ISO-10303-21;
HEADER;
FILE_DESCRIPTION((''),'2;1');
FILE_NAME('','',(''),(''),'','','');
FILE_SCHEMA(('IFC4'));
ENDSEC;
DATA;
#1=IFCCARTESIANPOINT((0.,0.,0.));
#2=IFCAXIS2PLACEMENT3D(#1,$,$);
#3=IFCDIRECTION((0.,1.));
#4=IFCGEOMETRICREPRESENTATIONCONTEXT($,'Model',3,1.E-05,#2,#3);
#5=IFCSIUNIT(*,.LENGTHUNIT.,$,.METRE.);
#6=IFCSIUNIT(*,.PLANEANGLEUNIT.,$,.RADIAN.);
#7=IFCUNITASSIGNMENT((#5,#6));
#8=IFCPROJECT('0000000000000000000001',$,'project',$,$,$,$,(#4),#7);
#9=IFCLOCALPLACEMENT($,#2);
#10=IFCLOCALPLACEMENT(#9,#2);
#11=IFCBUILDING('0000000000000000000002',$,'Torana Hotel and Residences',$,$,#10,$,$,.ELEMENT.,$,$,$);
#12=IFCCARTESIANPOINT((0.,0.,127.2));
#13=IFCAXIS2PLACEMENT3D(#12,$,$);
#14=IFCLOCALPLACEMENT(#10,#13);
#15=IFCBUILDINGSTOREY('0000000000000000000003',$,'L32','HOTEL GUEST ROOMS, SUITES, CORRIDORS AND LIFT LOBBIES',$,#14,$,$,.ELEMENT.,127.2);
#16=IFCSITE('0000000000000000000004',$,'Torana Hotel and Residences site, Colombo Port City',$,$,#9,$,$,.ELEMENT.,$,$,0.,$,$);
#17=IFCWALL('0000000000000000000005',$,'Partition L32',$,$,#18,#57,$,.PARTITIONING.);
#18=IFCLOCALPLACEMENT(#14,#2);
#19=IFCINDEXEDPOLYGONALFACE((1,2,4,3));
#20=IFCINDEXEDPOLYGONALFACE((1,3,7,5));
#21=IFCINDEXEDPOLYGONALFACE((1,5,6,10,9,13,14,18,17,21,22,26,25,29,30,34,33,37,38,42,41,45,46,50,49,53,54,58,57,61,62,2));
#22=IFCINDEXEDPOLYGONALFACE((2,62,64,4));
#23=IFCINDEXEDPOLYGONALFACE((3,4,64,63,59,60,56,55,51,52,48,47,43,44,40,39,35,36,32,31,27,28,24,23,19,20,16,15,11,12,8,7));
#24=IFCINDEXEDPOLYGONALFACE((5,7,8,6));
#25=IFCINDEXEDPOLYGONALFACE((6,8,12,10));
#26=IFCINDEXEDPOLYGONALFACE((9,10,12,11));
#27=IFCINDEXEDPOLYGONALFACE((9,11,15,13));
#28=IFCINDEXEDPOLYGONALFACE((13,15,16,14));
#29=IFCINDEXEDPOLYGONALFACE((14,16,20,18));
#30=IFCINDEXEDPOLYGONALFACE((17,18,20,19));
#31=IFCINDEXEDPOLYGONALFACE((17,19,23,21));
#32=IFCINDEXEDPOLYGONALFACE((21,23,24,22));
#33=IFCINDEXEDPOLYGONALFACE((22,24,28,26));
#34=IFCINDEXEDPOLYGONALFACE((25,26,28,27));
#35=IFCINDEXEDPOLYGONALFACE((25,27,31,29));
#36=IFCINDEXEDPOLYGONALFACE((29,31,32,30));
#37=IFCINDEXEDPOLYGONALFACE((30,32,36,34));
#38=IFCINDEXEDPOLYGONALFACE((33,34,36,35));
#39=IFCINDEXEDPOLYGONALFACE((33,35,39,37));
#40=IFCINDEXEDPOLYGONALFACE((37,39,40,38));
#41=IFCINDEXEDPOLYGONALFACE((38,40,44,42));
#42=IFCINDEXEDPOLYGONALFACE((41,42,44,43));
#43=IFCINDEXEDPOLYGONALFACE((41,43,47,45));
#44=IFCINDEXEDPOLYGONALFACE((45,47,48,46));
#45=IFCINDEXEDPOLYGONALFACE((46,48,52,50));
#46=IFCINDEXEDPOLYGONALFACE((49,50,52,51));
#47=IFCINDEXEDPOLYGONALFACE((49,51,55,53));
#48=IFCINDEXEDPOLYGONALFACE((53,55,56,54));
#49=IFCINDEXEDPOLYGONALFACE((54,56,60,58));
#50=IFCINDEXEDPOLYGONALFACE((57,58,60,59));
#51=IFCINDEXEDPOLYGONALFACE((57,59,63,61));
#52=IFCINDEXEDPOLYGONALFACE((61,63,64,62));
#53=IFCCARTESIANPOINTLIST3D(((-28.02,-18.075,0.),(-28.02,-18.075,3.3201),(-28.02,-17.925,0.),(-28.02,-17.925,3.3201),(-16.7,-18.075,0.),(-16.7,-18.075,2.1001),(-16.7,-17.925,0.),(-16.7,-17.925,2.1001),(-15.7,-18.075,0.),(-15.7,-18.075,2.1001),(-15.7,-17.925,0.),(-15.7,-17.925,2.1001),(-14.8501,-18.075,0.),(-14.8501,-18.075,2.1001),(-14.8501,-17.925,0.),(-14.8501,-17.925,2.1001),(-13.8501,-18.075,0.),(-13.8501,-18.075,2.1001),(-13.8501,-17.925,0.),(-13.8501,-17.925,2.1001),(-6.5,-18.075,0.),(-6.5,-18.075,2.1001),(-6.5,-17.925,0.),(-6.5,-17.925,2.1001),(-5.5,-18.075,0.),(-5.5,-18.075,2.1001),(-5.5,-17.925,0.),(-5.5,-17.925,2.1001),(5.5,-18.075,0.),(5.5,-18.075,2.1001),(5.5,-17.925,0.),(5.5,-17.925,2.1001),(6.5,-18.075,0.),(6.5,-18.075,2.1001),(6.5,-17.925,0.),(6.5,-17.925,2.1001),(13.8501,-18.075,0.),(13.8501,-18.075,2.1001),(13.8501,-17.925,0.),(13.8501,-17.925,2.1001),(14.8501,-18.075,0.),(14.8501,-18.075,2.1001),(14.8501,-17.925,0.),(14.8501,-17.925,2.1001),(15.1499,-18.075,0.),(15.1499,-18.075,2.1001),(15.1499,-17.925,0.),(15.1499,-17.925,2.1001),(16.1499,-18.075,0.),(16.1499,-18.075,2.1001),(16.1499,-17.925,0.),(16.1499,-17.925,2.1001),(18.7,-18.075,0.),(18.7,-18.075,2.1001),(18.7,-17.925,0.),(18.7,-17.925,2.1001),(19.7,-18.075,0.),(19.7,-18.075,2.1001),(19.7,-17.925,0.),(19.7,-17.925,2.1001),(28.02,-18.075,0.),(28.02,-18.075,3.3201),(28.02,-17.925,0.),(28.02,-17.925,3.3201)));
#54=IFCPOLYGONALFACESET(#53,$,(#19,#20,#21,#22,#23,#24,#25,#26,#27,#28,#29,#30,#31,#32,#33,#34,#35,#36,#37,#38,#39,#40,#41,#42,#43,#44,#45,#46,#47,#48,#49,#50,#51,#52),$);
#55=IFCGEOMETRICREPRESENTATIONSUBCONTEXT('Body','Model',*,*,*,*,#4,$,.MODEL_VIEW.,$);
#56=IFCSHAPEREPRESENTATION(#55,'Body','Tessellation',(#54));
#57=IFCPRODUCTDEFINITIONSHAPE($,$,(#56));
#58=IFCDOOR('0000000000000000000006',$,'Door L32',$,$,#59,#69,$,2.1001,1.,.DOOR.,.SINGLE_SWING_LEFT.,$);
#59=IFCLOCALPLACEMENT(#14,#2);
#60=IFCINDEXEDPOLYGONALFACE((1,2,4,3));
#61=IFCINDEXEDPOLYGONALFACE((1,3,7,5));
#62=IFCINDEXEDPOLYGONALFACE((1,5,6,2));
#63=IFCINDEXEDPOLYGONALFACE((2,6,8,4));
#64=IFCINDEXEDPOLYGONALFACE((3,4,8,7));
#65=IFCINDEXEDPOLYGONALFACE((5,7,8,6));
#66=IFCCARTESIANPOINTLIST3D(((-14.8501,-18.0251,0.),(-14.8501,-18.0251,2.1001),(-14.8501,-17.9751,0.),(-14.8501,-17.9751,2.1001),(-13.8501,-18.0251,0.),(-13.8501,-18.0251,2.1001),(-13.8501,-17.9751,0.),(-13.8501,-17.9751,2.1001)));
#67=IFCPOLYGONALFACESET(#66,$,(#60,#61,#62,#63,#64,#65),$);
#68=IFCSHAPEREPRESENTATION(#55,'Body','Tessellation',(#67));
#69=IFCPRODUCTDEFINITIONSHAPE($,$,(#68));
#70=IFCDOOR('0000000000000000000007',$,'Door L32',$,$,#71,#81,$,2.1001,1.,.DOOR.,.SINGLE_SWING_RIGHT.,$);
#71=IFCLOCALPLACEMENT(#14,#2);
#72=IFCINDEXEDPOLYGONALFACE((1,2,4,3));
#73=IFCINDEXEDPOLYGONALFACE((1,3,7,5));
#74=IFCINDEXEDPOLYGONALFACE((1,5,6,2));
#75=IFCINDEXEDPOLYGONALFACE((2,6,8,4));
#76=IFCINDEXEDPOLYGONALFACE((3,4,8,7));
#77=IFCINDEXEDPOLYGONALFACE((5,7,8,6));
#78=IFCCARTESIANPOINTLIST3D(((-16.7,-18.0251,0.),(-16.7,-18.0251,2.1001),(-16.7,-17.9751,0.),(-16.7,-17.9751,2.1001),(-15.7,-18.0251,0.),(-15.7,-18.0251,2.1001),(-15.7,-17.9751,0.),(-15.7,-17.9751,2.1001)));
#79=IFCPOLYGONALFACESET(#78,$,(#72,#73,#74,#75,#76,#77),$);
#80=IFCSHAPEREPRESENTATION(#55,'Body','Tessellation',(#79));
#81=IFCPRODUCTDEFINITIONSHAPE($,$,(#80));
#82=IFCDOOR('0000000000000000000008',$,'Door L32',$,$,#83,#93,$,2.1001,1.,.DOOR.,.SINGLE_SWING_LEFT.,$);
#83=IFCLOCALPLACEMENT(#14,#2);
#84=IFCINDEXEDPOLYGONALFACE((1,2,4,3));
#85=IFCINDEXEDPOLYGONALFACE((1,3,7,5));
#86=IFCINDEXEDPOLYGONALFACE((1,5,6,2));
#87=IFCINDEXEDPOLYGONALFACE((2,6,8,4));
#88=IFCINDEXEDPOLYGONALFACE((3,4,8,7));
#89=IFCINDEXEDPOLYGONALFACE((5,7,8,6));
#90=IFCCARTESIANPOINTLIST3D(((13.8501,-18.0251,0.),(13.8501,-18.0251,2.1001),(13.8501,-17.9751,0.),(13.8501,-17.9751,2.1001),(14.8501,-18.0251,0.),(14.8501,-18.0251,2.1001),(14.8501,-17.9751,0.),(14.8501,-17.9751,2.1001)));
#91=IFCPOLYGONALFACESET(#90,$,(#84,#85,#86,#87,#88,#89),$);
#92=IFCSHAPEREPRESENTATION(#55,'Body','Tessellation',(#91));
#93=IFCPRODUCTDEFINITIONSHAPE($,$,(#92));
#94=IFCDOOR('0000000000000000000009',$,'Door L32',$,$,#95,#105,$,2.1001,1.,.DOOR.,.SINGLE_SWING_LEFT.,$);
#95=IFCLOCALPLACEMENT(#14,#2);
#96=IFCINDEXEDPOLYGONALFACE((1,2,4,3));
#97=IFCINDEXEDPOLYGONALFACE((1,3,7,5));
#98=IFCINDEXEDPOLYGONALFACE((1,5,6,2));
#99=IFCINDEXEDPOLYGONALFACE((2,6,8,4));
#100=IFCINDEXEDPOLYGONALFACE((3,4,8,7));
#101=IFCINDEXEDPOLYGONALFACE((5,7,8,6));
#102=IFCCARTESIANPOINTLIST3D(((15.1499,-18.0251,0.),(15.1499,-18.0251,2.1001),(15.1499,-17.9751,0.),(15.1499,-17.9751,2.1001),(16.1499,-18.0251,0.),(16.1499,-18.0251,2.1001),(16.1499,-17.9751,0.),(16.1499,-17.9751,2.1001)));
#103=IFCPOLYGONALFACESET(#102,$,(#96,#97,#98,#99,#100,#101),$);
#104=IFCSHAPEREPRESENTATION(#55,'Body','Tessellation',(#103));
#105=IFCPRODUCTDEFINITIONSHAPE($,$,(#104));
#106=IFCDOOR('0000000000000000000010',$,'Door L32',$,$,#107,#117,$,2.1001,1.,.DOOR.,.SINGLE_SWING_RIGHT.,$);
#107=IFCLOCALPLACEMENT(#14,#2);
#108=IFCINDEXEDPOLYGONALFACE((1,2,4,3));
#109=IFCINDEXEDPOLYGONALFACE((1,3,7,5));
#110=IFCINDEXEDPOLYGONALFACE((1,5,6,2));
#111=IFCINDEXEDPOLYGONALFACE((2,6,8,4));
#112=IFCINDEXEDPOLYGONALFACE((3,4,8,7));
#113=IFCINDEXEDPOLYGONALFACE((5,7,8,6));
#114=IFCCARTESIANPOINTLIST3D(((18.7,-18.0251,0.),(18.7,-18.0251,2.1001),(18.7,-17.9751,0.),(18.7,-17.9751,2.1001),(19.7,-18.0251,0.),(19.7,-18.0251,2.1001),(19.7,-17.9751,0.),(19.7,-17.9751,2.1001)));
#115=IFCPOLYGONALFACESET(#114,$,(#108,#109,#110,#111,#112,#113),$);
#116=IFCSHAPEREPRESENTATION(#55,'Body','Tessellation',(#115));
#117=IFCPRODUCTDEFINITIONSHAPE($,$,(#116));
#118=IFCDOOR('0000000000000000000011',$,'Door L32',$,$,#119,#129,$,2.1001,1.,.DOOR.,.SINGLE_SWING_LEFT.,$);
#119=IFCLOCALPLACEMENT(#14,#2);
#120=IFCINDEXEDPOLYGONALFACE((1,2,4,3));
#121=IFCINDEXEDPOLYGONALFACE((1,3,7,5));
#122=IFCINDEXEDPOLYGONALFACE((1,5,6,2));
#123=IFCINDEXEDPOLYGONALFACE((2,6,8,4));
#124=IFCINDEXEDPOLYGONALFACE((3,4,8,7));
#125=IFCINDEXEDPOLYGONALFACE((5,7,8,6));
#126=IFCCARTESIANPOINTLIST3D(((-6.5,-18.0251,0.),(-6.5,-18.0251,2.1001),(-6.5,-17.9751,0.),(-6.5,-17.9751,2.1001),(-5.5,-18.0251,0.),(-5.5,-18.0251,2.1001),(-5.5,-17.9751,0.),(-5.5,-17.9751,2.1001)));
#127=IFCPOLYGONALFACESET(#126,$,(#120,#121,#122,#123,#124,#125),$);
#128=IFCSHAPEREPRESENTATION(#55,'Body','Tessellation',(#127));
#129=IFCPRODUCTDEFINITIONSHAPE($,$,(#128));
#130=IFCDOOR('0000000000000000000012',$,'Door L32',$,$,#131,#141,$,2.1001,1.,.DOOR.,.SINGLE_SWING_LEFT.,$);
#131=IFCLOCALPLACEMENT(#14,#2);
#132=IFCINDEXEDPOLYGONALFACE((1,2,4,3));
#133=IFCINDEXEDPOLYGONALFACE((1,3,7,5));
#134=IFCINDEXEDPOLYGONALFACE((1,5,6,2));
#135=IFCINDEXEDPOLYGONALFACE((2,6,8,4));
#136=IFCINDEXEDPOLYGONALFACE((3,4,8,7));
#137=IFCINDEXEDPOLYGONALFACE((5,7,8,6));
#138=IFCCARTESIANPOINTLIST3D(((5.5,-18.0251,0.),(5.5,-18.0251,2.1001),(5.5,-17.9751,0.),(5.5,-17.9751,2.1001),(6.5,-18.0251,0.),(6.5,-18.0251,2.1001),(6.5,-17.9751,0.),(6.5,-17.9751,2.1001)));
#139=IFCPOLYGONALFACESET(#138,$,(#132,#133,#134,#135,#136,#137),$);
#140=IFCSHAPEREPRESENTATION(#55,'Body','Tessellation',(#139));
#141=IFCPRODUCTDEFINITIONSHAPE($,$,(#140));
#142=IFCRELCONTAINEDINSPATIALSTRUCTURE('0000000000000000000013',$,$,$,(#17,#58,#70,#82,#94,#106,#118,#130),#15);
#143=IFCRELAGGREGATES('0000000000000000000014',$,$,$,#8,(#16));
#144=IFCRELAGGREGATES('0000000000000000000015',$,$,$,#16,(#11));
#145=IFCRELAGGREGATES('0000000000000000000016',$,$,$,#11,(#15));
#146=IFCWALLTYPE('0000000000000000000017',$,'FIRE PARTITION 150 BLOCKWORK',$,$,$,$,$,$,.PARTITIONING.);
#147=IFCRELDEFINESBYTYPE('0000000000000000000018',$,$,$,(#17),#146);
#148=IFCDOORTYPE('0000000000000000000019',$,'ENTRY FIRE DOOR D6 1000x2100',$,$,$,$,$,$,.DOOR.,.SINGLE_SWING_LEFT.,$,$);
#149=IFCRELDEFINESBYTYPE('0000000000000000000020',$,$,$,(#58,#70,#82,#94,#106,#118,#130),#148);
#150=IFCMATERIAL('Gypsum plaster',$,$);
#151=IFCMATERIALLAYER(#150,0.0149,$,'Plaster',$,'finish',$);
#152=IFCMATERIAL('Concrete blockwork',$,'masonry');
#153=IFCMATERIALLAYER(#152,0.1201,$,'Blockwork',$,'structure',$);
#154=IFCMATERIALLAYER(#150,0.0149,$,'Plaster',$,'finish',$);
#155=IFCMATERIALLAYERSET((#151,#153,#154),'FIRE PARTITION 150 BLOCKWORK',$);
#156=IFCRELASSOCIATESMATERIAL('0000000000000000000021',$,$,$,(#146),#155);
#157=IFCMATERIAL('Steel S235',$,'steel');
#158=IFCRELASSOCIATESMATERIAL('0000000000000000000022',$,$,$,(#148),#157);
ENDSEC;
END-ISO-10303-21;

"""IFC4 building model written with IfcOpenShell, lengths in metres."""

from ifc_helpers import new_model, si_unit, direction, frame, frame_2d, origin, place, context, subcontext, project, spatial, rectangle, extrude, material, layer, layer_set, type_object, element, fill, save


model = new_model("IFC4")

# Units and contexts
model_context = context("Model", 3, precision=1e-05, world=origin(), true_north=direction((0.0, 1.0)))
body_context = subcontext(model_context, "Body", "Model", "MODEL_VIEW")
ifc_project = project(units=[si_unit("LENGTHUNIT", "METRE"), si_unit("PLANEANGLEUNIT", "RADIAN")], contexts=[model_context])

# Site, building, storey
site_placement = place(None, origin())
site = spatial("IfcSite", under=ifc_project, at=site_placement, Name="Torana Hotel and Residences site, Colombo Port City", CompositionType="ELEMENT", RefElevation=0.0)
building_placement = place(site_placement, origin())
building = spatial("IfcBuilding", under=site, at=building_placement, Name="Torana Hotel and Residences", CompositionType="ELEMENT")
storey_placement = place(building_placement, frame((0.0, 0.0, 127.2)))
storey = spatial("IfcBuildingStorey", under=building, at=storey_placement, Name="L32", Description="HOTEL GUEST ROOMS, SUITES, CORRIDORS AND LIFT LOBBIES", CompositionType="ELEMENT", Elevation=127.2)

# Wall, openings, doors
ifc_material_1 = material(Name="Gypsum plaster")
ifc_layer_1 = layer(ifc_material_1, 0.0149, Name="Plaster", Category="finish")
ifc_material_2 = material(Name="Concrete blockwork", Category="masonry")
ifc_layer_2 = layer(ifc_material_2, 0.1201, Name="Blockwork", Category="structure")
ifc_layer_3 = layer(ifc_material_1, 0.0149, Name="Plaster", Category="finish")
ifc_layer_set_1 = layer_set([ifc_layer_1, ifc_layer_2, ifc_layer_3], Name="FIRE PARTITION 150 BLOCKWORK")
wall_type_1 = type_object("IfcWallType", Name="FIRE PARTITION 150 BLOCKWORK", PredefinedType="PARTITIONING", material=ifc_layer_set_1)
wall_1_placement = place(storey_placement, frame((-28.02, -18.0, 0.0), z_axis=(0.0, 0.0, 1.0), x_axis=(1.0, 0.0, 0.0)))
wall_1 = element("IfcWall", 1, at=wall_1_placement, inside=storey, type_object=wall_type_1, Name="Partition L32", PredefinedType="PARTITIONING", context=body_context, shape_type="SweptSolid", body=[
    extrude(rectangle(XDim=56.04, YDim=0.1499, at=frame_2d((28.02, 0.0))), origin(), (0.0, 0.0, 1.0), 3.3201),
])
opening_1_placement = place(wall_1_placement, frame((13.1699, 0.0, 0.0)))
opening_1 = element("IfcOpeningElement", 2, at=opening_1_placement, cuts=wall_1, PredefinedType="OPENING", context=body_context, shape_type="SweptSolid", body=[
    extrude(rectangle(XDim=1.0, YDim=2.1001, at=frame_2d((0.5, 1.05))), frame((0.0, 0.085, 0.0), z_axis=(0.0, -1.0, 0.0), x_axis=(1.0, 0.0, 0.0)), (0.0, 0.0, 1.0), 0.1699),
])
opening_2_placement = place(wall_1_placement, frame((11.3201, 0.0, 0.0)))
opening_2 = element("IfcOpeningElement", 3, at=opening_2_placement, cuts=wall_1, PredefinedType="OPENING", context=body_context, shape_type="SweptSolid", body=[
    extrude(rectangle(XDim=1.0, YDim=2.1001, at=frame_2d((0.5, 1.05))), frame((0.0, 0.085, 0.0), z_axis=(0.0, -1.0, 0.0), x_axis=(1.0, 0.0, 0.0)), (0.0, 0.0, 1.0), 0.1699),
])
opening_3_placement = place(wall_1_placement, frame((41.8701, 0.0, 0.0)))
opening_3 = element("IfcOpeningElement", 4, at=opening_3_placement, cuts=wall_1, PredefinedType="OPENING", context=body_context, shape_type="SweptSolid", body=[
    extrude(rectangle(XDim=1.0, YDim=2.1001, at=frame_2d((0.5, 1.05))), frame((0.0, 0.085, 0.0), z_axis=(0.0, -1.0, 0.0), x_axis=(1.0, 0.0, 0.0)), (0.0, 0.0, 1.0), 0.1699),
])
opening_4_placement = place(wall_1_placement, frame((43.1699, 0.0, 0.0)))
opening_4 = element("IfcOpeningElement", 5, at=opening_4_placement, cuts=wall_1, PredefinedType="OPENING", context=body_context, shape_type="SweptSolid", body=[
    extrude(rectangle(XDim=1.0, YDim=2.1001, at=frame_2d((0.5, 1.05))), frame((0.0, 0.085, 0.0), z_axis=(0.0, -1.0, 0.0), x_axis=(1.0, 0.0, 0.0)), (0.0, 0.0, 1.0), 0.1699),
])
opening_5_placement = place(wall_1_placement, frame((46.72, 0.0, 0.0)))
opening_5 = element("IfcOpeningElement", 6, at=opening_5_placement, cuts=wall_1, PredefinedType="OPENING", context=body_context, shape_type="SweptSolid", body=[
    extrude(rectangle(XDim=1.0, YDim=2.1001, at=frame_2d((0.5, 1.05))), frame((0.0, 0.085, 0.0), z_axis=(0.0, -1.0, 0.0), x_axis=(1.0, 0.0, 0.0)), (0.0, 0.0, 1.0), 0.1699),
])
opening_6_placement = place(wall_1_placement, frame((21.52, 0.0, 0.0)))
opening_6 = element("IfcOpeningElement", 7, at=opening_6_placement, cuts=wall_1, PredefinedType="OPENING", context=body_context, shape_type="SweptSolid", body=[
    extrude(rectangle(XDim=1.0, YDim=2.1001, at=frame_2d((0.5, 1.05))), frame((0.0, 0.085, 0.0), z_axis=(0.0, -1.0, 0.0), x_axis=(1.0, 0.0, 0.0)), (0.0, 0.0, 1.0), 0.1699),
])
opening_7_placement = place(wall_1_placement, frame((33.52, 0.0, 0.0)))
opening_7 = element("IfcOpeningElement", 8, at=opening_7_placement, cuts=wall_1, PredefinedType="OPENING", context=body_context, shape_type="SweptSolid", body=[
    extrude(rectangle(XDim=1.0, YDim=2.1001, at=frame_2d((0.5, 1.05))), frame((0.0, 0.085, 0.0), z_axis=(0.0, -1.0, 0.0), x_axis=(1.0, 0.0, 0.0)), (0.0, 0.0, 1.0), 0.1699),
])
ifc_material_3 = material(Name="Steel S235", Category="steel")
door_type_1 = type_object("IfcDoorType", Name="ENTRY FIRE DOOR D6 1000x2100", OperationType="SINGLE_SWING_LEFT", PredefinedType="DOOR", material=ifc_material_3)
door_1_placement = place(opening_1_placement, frame((0.5, 0.0, 0.0), z_axis=(0.0, 0.0, 1.0), x_axis=(-1.0, 0.0, 0.0)))
door_1 = element("IfcDoor", 9, at=door_1_placement, inside=storey, type_object=door_type_1, Name="Door L32", OperationType="SINGLE_SWING_LEFT", OverallHeight=2.1001, OverallWidth=1.0, PredefinedType="DOOR", context=body_context, shape_type="SweptSolid", body=[
    extrude(rectangle(XDim=1.0, YDim=2.1001, at=frame_2d((0.0, 1.05))), frame((0.0, -0.0249, 0.0), z_axis=(0.0, 1.0, 0.0), x_axis=(-1.0, 0.0, 0.0)), (0.0, 0.0, 1.0), 0.05),
])
fill(opening_1, door_1)
door_2_placement = place(opening_2_placement, origin())
door_2 = element("IfcDoor", 10, at=door_2_placement, inside=storey, type_object=door_type_1, Name="Door L32", OperationType="SINGLE_SWING_RIGHT", OverallHeight=2.1001, OverallWidth=1.0, PredefinedType="DOOR", context=body_context, shape_type="SweptSolid", body=[
    extrude(rectangle(XDim=1.0, YDim=2.1001, at=frame_2d((0.5, 1.05))), frame((0.0, 0.0249, 0.0), z_axis=(0.0, -1.0, 0.0), x_axis=(1.0, 0.0, 0.0)), (0.0, 0.0, 1.0), 0.05),
])
fill(opening_2, door_2)
door_3_placement = place(opening_3_placement, frame((0.5, 0.0, 0.0), z_axis=(0.0, 0.0, 1.0), x_axis=(-1.0, 0.0, 0.0)))
door_3 = element("IfcDoor", 11, at=door_3_placement, inside=storey, type_object=door_type_1, Name="Door L32", OperationType="SINGLE_SWING_LEFT", OverallHeight=2.1001, OverallWidth=1.0, PredefinedType="DOOR", context=body_context, shape_type="SweptSolid", body=[
    extrude(rectangle(XDim=1.0, YDim=2.1001, at=frame_2d((0.0, 1.05))), frame((0.0, -0.0249, 0.0), z_axis=(0.0, 1.0, 0.0), x_axis=(-1.0, 0.0, 0.0)), (0.0, 0.0, 1.0), 0.05),
])
fill(opening_3, door_3)
door_4_placement = place(opening_4_placement, frame((0.5, 0.0, 0.0), z_axis=(0.0, 0.0, 1.0), x_axis=(-1.0, 0.0, 0.0)))
door_4 = element("IfcDoor", 12, at=door_4_placement, inside=storey, type_object=door_type_1, Name="Door L32", OperationType="SINGLE_SWING_LEFT", OverallHeight=2.1001, OverallWidth=1.0, PredefinedType="DOOR", context=body_context, shape_type="SweptSolid", body=[
    extrude(rectangle(XDim=1.0, YDim=2.1001, at=frame_2d((0.0, 1.05))), frame((0.0, -0.0249, 0.0), z_axis=(0.0, 1.0, 0.0), x_axis=(-1.0, 0.0, 0.0)), (0.0, 0.0, 1.0), 0.05),
])
fill(opening_4, door_4)
door_5_placement = place(opening_5_placement, origin())
door_5 = element("IfcDoor", 13, at=door_5_placement, inside=storey, type_object=door_type_1, Name="Door L32", OperationType="SINGLE_SWING_RIGHT", OverallHeight=2.1001, OverallWidth=1.0, PredefinedType="DOOR", context=body_context, shape_type="SweptSolid", body=[
    extrude(rectangle(XDim=1.0, YDim=2.1001, at=frame_2d((0.5, 1.05))), frame((0.0, 0.0249, 0.0), z_axis=(0.0, -1.0, 0.0), x_axis=(1.0, 0.0, 0.0)), (0.0, 0.0, 1.0), 0.05),
])
fill(opening_5, door_5)
door_6_placement = place(opening_6_placement, frame((0.5, 0.0, 0.0), z_axis=(0.0, 0.0, 1.0), x_axis=(-1.0, 0.0, 0.0)))
door_6 = element("IfcDoor", 14, at=door_6_placement, inside=storey, type_object=door_type_1, Name="Door L32", OperationType="SINGLE_SWING_LEFT", OverallHeight=2.1001, OverallWidth=1.0, PredefinedType="DOOR", context=body_context, shape_type="SweptSolid", body=[
    extrude(rectangle(XDim=1.0, YDim=2.1001, at=frame_2d((0.0, 1.05))), frame((0.0, -0.0249, 0.0), z_axis=(0.0, 1.0, 0.0), x_axis=(-1.0, 0.0, 0.0)), (0.0, 0.0, 1.0), 0.05),
])
fill(opening_6, door_6)
door_7_placement = place(opening_7_placement, frame((0.5, 0.0, 0.0), z_axis=(0.0, 0.0, 1.0), x_axis=(-1.0, 0.0, 0.0)))
door_7 = element("IfcDoor", 15, at=door_7_placement, inside=storey, type_object=door_type_1, Name="Door L32", OperationType="SINGLE_SWING_LEFT", OverallHeight=2.1001, OverallWidth=1.0, PredefinedType="DOOR", context=body_context, shape_type="SweptSolid", body=[
    extrude(rectangle(XDim=1.0, YDim=2.1001, at=frame_2d((0.0, 1.05))), frame((0.0, -0.0249, 0.0), z_axis=(0.0, 1.0, 0.0), x_axis=(-1.0, 0.0, 0.0)), (0.0, 0.0, 1.0), 0.05),
])
fill(opening_7, door_7)

save(model, "model.ifc")
